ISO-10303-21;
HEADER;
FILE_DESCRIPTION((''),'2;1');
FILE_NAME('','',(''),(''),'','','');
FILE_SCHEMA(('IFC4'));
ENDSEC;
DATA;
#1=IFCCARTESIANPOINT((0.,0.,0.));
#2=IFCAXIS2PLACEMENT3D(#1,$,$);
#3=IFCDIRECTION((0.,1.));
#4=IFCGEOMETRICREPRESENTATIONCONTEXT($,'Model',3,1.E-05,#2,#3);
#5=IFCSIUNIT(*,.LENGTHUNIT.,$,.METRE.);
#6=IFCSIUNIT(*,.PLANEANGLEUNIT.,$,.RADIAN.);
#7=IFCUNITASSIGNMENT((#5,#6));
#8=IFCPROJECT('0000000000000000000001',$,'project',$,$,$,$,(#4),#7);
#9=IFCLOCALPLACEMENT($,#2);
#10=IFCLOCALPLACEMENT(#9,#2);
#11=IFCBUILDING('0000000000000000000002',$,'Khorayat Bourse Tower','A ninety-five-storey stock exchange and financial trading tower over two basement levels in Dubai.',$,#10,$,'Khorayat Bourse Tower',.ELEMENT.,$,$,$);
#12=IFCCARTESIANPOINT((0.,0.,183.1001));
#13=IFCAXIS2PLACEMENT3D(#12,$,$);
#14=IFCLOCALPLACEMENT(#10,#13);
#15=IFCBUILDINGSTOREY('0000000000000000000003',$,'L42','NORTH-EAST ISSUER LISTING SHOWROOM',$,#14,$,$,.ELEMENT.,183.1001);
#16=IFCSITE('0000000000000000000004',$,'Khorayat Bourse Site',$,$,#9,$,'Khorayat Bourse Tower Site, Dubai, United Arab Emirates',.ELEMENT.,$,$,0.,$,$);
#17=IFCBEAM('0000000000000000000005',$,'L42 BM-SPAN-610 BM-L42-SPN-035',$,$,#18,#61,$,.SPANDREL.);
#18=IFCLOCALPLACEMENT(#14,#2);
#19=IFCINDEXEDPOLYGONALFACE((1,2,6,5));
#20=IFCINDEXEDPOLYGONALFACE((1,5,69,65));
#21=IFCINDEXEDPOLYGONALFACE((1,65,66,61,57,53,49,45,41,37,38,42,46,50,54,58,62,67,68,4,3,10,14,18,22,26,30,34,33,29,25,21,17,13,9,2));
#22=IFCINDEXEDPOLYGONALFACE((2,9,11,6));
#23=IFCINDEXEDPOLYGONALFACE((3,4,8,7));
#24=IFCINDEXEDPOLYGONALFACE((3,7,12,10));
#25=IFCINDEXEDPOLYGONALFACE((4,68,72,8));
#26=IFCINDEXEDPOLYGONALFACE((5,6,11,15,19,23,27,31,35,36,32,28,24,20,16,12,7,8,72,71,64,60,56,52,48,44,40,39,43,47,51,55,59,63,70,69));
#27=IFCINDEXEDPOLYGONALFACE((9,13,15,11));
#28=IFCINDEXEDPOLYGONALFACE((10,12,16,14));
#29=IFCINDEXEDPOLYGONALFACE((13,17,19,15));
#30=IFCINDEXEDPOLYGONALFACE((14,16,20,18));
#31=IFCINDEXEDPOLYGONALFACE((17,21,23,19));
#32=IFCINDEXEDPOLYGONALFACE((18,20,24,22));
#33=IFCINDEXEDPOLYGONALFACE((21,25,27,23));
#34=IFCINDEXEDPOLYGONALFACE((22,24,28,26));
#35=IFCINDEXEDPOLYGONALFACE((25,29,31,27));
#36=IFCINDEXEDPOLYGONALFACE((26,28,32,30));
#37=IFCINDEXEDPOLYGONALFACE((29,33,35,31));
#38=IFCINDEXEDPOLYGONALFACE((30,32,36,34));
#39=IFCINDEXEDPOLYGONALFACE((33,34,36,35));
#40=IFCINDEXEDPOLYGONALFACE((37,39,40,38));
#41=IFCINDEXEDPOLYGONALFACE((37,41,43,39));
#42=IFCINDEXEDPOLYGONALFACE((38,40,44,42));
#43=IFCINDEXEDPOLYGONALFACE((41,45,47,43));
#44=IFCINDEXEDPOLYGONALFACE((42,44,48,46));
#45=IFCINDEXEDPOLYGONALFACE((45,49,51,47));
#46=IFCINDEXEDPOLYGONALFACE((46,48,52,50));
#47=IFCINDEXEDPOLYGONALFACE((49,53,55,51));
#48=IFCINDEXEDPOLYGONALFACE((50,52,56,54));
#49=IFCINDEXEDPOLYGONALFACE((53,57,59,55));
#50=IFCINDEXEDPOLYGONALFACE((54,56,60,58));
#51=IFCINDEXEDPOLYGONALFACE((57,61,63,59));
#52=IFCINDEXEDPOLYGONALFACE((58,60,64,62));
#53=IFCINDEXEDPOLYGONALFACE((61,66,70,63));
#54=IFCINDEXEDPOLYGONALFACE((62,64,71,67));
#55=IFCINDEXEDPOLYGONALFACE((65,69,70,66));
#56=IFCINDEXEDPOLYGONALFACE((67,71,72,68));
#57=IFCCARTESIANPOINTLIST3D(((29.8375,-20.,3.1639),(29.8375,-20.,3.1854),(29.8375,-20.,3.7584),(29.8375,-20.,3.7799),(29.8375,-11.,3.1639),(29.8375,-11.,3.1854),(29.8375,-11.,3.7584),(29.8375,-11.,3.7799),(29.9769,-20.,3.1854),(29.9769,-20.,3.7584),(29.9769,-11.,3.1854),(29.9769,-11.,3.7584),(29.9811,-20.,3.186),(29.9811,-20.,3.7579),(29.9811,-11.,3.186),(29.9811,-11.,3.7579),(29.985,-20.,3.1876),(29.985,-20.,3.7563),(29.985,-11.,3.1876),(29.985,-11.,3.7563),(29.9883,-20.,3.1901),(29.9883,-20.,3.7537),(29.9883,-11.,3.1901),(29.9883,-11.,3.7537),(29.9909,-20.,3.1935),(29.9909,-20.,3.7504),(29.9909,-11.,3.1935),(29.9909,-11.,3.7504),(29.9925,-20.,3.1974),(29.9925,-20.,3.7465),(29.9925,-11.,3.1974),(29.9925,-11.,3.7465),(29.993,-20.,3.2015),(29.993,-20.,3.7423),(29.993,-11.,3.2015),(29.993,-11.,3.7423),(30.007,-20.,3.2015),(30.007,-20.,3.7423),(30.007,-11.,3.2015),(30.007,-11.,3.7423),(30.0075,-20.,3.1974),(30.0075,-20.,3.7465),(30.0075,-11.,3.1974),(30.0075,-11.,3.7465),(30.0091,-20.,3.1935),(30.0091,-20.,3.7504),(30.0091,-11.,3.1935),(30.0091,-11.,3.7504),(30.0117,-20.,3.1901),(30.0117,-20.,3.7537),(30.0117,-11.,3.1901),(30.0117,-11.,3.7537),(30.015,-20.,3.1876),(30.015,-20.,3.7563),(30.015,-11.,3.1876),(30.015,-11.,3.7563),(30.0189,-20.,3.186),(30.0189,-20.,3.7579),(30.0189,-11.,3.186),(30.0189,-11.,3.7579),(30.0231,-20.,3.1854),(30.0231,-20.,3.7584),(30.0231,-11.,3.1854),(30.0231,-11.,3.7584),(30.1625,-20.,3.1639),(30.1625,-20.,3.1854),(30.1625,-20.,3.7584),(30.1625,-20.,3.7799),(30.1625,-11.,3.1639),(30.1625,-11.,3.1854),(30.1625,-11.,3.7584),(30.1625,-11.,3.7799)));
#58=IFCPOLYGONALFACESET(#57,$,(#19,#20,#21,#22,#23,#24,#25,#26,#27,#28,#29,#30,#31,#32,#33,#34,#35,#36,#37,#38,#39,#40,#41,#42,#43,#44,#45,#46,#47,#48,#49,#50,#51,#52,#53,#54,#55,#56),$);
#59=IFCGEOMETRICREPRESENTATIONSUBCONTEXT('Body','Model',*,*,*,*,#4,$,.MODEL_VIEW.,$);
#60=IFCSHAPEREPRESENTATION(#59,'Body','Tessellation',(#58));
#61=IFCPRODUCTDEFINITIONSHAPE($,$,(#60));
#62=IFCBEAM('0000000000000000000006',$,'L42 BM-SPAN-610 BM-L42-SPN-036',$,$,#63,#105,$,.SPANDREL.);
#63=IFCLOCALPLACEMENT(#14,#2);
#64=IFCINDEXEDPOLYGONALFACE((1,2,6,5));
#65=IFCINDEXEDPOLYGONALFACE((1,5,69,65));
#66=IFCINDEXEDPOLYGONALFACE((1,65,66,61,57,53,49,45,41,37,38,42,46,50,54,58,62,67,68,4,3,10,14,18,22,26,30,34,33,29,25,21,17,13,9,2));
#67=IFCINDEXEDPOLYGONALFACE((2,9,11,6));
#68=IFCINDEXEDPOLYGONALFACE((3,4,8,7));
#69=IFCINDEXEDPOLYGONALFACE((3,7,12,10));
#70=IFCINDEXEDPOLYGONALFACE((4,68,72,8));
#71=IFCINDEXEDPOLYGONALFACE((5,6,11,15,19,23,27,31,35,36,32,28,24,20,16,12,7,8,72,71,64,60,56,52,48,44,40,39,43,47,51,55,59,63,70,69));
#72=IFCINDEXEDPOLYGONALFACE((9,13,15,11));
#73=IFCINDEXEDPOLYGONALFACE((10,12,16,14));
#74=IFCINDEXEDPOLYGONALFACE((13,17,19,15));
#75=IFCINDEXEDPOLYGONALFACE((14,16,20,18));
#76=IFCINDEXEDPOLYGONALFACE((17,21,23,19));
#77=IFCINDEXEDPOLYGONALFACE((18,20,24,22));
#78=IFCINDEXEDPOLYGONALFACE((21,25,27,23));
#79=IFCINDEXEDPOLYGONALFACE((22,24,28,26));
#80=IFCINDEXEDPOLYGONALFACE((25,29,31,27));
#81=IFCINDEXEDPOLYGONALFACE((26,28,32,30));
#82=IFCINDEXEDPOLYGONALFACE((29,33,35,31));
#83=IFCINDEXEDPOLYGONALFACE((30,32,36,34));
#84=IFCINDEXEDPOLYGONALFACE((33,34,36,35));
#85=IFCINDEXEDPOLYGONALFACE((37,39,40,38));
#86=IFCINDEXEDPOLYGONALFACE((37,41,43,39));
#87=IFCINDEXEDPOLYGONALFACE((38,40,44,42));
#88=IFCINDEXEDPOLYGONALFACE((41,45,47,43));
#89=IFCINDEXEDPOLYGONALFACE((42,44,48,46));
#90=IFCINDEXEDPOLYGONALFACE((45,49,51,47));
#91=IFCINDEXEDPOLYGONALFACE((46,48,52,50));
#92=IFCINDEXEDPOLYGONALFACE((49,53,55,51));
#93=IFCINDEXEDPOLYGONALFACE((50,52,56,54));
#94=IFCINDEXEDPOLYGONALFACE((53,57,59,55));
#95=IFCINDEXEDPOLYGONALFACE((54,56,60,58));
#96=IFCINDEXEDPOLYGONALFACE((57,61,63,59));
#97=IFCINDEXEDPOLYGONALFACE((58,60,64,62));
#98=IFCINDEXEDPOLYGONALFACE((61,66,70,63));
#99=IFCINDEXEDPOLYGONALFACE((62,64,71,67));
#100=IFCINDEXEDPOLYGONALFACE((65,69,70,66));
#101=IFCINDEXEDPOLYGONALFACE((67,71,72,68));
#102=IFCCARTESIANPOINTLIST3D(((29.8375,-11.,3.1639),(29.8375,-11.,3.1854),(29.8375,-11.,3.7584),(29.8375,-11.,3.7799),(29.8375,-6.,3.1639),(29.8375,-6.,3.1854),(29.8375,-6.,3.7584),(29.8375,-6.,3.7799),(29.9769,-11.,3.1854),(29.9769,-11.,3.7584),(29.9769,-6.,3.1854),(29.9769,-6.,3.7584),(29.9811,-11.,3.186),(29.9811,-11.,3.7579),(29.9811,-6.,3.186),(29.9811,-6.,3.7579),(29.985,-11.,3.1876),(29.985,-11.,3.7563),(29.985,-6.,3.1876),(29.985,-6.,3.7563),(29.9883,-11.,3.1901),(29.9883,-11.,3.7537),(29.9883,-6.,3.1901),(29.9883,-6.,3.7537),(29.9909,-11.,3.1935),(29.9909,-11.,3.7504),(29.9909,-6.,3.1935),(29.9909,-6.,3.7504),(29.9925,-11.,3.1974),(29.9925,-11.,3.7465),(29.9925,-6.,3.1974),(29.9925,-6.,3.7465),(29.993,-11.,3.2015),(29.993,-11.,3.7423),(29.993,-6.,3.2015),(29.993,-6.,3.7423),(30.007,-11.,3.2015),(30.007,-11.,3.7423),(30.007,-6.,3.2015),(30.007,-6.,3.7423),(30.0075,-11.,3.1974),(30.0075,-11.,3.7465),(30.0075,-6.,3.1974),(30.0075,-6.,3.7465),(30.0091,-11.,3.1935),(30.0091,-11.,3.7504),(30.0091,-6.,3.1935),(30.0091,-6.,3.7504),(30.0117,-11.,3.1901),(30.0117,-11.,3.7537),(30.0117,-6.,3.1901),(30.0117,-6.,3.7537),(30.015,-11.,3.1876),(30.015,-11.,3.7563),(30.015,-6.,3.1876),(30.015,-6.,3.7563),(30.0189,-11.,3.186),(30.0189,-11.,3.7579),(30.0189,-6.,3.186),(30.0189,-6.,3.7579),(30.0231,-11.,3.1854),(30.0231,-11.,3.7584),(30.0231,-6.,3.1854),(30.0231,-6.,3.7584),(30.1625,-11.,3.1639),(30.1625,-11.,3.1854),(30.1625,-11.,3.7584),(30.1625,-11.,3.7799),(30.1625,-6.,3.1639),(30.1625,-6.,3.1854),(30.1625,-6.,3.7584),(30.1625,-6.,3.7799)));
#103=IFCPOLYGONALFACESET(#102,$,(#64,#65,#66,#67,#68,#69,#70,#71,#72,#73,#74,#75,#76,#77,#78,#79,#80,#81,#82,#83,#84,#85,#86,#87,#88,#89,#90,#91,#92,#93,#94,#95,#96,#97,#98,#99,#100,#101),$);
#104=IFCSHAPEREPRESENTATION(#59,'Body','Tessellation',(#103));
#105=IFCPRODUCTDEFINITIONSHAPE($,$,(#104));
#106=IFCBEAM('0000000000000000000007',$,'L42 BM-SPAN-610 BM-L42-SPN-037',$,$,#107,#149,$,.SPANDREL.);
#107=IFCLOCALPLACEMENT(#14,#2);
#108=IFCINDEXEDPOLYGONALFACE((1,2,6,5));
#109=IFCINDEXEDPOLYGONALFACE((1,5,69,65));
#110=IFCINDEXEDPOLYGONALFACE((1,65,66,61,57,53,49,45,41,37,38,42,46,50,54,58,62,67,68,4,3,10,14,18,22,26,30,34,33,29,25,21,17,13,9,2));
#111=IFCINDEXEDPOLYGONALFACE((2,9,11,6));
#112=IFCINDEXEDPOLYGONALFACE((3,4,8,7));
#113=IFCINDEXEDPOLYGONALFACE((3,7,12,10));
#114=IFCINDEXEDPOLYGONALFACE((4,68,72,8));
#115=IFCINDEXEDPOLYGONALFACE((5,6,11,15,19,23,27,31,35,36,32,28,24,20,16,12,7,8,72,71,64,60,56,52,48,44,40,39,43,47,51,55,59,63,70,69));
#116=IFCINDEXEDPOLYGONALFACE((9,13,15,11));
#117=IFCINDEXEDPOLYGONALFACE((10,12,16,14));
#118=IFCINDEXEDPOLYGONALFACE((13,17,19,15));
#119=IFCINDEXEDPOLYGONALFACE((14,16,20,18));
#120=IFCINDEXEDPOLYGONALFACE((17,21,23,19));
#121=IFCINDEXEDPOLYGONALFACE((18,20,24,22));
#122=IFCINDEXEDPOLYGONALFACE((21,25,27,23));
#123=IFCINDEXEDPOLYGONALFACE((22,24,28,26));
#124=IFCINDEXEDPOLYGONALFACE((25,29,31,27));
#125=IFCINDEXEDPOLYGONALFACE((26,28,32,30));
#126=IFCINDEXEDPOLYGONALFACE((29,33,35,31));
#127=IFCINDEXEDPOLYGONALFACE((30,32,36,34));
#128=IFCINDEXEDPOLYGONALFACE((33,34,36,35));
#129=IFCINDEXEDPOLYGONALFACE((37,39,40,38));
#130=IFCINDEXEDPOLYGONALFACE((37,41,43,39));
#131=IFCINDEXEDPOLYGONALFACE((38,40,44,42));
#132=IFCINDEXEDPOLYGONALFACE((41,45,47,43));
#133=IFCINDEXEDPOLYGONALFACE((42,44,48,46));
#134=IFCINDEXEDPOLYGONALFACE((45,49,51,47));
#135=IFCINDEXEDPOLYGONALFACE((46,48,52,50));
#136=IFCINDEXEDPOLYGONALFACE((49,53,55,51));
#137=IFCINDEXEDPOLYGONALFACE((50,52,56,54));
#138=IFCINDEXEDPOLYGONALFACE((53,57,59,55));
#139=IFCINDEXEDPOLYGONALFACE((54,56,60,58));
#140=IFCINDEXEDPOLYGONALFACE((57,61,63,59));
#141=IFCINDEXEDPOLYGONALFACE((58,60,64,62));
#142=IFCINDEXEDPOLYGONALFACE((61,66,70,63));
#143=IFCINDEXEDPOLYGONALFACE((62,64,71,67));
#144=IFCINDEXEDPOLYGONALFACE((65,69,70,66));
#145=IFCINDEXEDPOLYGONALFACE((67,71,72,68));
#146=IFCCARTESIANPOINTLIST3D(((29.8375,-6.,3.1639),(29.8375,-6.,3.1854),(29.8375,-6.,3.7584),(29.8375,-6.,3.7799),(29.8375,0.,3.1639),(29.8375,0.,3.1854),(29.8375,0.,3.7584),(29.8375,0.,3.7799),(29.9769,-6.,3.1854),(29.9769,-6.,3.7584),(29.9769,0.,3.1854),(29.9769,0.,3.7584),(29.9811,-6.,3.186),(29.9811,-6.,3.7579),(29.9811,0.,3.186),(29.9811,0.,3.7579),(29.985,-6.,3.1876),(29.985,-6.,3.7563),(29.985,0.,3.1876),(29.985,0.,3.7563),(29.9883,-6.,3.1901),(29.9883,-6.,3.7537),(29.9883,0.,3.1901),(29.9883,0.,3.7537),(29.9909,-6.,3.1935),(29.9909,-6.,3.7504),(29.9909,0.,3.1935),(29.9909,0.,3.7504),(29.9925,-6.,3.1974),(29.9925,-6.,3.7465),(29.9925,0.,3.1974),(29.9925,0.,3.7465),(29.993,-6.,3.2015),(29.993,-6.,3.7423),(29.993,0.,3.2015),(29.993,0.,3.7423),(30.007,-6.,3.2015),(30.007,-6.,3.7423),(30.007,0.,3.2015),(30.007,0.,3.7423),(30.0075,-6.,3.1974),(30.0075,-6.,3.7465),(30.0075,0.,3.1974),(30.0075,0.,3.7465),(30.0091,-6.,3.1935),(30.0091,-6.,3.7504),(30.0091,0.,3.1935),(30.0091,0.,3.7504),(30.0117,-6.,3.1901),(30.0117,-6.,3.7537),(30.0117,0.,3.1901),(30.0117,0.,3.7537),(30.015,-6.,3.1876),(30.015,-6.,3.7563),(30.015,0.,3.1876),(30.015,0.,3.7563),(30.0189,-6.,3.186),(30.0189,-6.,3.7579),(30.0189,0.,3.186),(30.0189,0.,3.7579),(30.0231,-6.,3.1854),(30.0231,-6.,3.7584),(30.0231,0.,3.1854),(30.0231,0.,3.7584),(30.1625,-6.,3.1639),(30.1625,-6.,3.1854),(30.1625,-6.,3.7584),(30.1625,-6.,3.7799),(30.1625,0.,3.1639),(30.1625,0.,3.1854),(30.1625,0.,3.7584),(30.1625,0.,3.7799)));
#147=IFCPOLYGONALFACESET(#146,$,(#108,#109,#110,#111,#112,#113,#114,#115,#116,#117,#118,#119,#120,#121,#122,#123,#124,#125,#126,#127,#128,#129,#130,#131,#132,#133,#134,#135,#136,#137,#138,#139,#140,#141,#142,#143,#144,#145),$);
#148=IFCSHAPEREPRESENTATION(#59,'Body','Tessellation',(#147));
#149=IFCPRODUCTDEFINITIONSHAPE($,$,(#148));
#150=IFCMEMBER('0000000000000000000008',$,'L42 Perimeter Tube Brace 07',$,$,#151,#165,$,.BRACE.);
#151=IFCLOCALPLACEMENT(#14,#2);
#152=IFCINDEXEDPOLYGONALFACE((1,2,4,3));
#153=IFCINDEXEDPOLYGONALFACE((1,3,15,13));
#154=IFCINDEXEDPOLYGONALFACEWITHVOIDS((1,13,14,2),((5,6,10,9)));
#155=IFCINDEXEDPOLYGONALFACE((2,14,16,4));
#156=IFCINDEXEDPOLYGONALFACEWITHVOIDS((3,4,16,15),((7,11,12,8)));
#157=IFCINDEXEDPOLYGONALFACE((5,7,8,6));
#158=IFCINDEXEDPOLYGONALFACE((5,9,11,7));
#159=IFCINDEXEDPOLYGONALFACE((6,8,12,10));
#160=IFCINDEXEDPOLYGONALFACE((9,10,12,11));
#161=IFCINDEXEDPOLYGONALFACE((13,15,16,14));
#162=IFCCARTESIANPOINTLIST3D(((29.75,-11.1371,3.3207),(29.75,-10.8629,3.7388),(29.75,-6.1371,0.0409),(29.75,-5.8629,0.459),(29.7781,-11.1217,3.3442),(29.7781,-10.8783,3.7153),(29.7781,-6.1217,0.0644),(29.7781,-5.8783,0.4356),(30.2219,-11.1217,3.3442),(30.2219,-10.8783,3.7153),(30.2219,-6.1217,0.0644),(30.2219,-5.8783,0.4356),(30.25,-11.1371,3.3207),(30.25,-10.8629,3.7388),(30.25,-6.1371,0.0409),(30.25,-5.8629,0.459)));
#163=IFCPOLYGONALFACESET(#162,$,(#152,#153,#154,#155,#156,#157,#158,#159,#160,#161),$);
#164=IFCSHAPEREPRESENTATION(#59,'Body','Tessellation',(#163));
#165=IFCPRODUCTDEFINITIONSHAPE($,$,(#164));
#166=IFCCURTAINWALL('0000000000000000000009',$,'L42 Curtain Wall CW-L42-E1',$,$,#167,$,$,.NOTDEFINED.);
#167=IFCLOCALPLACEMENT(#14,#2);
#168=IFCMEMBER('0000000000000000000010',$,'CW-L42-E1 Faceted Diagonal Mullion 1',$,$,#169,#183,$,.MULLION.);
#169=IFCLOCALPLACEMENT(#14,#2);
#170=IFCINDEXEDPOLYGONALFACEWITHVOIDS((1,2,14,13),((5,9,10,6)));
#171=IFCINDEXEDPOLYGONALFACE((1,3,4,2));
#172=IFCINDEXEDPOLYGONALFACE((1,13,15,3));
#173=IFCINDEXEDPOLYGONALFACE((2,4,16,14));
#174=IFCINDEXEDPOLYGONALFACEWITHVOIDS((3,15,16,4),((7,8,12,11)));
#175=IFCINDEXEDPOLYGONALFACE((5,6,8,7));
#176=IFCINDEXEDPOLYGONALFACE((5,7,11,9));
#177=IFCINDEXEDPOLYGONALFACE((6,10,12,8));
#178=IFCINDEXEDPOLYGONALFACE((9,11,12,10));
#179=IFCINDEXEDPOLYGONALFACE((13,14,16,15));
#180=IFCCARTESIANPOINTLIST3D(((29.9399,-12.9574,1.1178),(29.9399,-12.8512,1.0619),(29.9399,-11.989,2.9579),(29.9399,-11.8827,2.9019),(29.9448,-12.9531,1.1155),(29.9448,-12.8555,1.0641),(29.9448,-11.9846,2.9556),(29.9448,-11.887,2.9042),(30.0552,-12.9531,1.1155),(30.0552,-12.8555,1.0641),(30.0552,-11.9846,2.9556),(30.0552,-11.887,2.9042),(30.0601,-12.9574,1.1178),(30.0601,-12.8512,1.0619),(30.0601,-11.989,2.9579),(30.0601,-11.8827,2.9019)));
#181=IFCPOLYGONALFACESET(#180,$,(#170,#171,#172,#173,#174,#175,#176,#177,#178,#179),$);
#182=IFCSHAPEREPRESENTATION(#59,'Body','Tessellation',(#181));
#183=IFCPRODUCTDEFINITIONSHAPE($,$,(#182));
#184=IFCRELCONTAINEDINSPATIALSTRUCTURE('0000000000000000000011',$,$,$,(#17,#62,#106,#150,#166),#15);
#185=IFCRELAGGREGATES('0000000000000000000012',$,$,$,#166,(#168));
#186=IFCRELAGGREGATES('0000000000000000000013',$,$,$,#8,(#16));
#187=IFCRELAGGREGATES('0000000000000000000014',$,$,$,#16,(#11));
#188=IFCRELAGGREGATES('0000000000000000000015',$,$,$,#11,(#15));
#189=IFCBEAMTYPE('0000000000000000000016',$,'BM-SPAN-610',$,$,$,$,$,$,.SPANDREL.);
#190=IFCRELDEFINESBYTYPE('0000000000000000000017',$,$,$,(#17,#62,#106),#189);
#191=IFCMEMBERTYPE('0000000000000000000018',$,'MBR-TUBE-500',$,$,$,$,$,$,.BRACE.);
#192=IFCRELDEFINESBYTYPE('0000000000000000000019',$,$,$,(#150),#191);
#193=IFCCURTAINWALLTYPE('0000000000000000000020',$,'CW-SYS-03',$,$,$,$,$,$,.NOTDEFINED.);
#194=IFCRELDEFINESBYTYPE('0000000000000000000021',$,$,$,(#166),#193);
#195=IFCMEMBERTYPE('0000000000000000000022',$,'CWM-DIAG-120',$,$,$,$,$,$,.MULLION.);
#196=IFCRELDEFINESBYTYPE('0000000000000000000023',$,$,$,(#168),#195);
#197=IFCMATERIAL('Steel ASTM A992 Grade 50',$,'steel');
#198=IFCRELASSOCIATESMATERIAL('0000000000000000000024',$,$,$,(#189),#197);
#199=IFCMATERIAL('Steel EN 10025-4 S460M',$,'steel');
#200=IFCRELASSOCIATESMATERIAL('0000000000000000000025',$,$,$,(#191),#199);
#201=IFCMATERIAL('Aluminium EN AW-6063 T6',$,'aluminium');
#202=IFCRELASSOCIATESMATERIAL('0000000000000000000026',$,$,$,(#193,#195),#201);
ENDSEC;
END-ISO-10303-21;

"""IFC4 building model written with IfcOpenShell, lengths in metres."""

from ifc_helpers import new_model, si_unit, direction, frame, origin, origin_2d, place, context, subcontext, project, spatial, hollow_rectangle, i_section, extrude, source, transform, mapped, material, material_profile, profile_set, type_object, element, aggregate, save


model = new_model("IFC4")

# Units and contexts
model_context = context("Model", 3, precision=1e-05, world=origin(), true_north=direction((0.0, 1.0)))
body_context = subcontext(model_context, "Body", "Model", "MODEL_VIEW")
ifc_project = project(units=[si_unit("LENGTHUNIT", "METRE"), si_unit("PLANEANGLEUNIT", "RADIAN")], contexts=[model_context])

# Site, building, storey
site_placement = place(None, origin())
site = spatial("IfcSite", under=ifc_project, at=site_placement, Name="Khorayat Bourse Site", LongName="Khorayat Bourse Tower Site, Dubai, United Arab Emirates", CompositionType="ELEMENT", RefElevation=0.0)
building_placement = place(site_placement, origin())
building = spatial("IfcBuilding", under=site, at=building_placement, Name="Khorayat Bourse Tower", Description="A ninety-five-storey stock exchange and financial trading tower over two basement levels in Dubai.", LongName="Khorayat Bourse Tower", CompositionType="ELEMENT")
storey_placement = place(building_placement, frame((0.0, 0.0, 183.1001)))
storey = spatial("IfcBuildingStorey", under=building, at=storey_placement, Name="L42", Description="NORTH-EAST ISSUER LISTING SHOWROOM", CompositionType="ELEMENT", Elevation=183.1001)

# Shared definitions
ifc_material_1 = material(Name="Steel EN 10025-4 S460M", Category="steel")

# Beams
ifc_material_2 = material(Name="Steel ASTM A992 Grade 50", Category="steel")
ifc_material_profile_1 = material_profile(ifc_material_2, i_section(OverallWidth=0.325, OverallDepth=0.616, WebThickness=0.0139, FlangeThickness=0.0215, FilletRadius=0.0161, at=origin_2d()), Name="W610X174")
ifc_profile_set_1 = profile_set([ifc_material_profile_1], Name="Steel ASTM A992 Grade 50")
beam_type_1 = type_object("IfcBeamType", Name="BM-SPAN-610", PredefinedType="SPANDREL", material=ifc_profile_set_1)
shared_shape_1 = source(origin(), body_context, "Body", "SweptSolid", [
    extrude(i_section(OverallWidth=0.325, OverallDepth=0.616, WebThickness=0.0139, FlangeThickness=0.0215, FilletRadius=0.0161, at=origin_2d()), origin(), (0.0, 0.0, 1.0), 9.0),
])
beam_1_placement = place(storey_placement, frame((30.0, -20.0, 3.4719), z_axis=(0.0, 1.0, 0.0), x_axis=(-1.0, 0.0, 0.0)))
element("IfcBeam", 1, at=beam_1_placement, inside=storey, type_object=beam_type_1, Name="L42 BM-SPAN-610 BM-L42-SPN-035", PredefinedType="SPANDREL", context=body_context, shape_type="MappedRepresentation", body=[
    mapped(shared_shape_1, transform((0.0, 0.0, 0.0), scale=1.0)),
])
shared_shape_2 = source(origin(), body_context, "Body", "SweptSolid", [
    extrude(i_section(OverallWidth=0.325, OverallDepth=0.616, WebThickness=0.0139, FlangeThickness=0.0215, FilletRadius=0.0161, at=origin_2d()), origin(), (0.0, 0.0, 1.0), 5.0),
])
beam_2_placement = place(storey_placement, frame((30.0, -11.0, 3.4719), z_axis=(0.0, 1.0, 0.0), x_axis=(-1.0, 0.0, 0.0)))
element("IfcBeam", 2, at=beam_2_placement, inside=storey, type_object=beam_type_1, Name="L42 BM-SPAN-610 BM-L42-SPN-036", PredefinedType="SPANDREL", context=body_context, shape_type="MappedRepresentation", body=[
    mapped(shared_shape_2, transform((0.0, 0.0, 0.0), scale=1.0)),
])
shared_shape_3 = source(origin(), body_context, "Body", "SweptSolid", [
    extrude(i_section(OverallWidth=0.325, OverallDepth=0.616, WebThickness=0.0139, FlangeThickness=0.0215, FilletRadius=0.0161, at=origin_2d()), origin(), (0.0, 0.0, 1.0), 6.0),
])
beam_3_placement = place(storey_placement, frame((30.0, -6.0, 3.4719), z_axis=(0.0, 1.0, 0.0), x_axis=(-1.0, 0.0, 0.0)))
element("IfcBeam", 3, at=beam_3_placement, inside=storey, type_object=beam_type_1, Name="L42 BM-SPAN-610 BM-L42-SPN-037", PredefinedType="SPANDREL", context=body_context, shape_type="MappedRepresentation", body=[
    mapped(shared_shape_3, transform((0.0, 0.0, 0.0), scale=1.0)),
])

# Member
ifc_material_profile_2 = material_profile(ifc_material_1, hollow_rectangle(XDim=0.5, YDim=0.5, WallThickness=0.0281, at=origin_2d()), Name="HSS 500x500x28")
ifc_profile_set_2 = profile_set([ifc_material_profile_2], Name="Steel EN 10025-4 S460M")
member_type_1 = type_object("IfcMemberType", Name="MBR-TUBE-500", PredefinedType="BRACE", material=ifc_profile_set_2)
shared_shape_4 = source(origin(), body_context, "Body", "SweptSolid", [
    extrude(hollow_rectangle(XDim=0.5, YDim=0.5, WallThickness=0.0281, at=origin_2d()), origin(), (0.0, 0.0, 1.0), 5.9797),
])
member_1_placement = place(storey_placement, frame((30.0, -11.0, 3.5298), z_axis=(0.0, 0.83616, -0.548485), x_axis=(-1.0, 0.0, 0.0)))
element("IfcMember", 4, at=member_1_placement, inside=storey, type_object=member_type_1, Name="L42 Perimeter Tube Brace 07", PredefinedType="BRACE", context=body_context, shape_type="MappedRepresentation", body=[
    mapped(shared_shape_4, transform((0.0, 0.0, 0.0), scale=1.0)),
])

# Curtain wall, member
ifc_material_3 = material(Name="Aluminium EN AW-6063 T6", Category="aluminium")
curtain_wall_type = type_object("IfcCurtainWallType", Name="CW-SYS-03", PredefinedType="NOTDEFINED", material=ifc_material_3)
curtain_wall_placement = place(storey_placement, origin())
curtain_wall = element("IfcCurtainWall", 5, at=curtain_wall_placement, inside=storey, type_object=curtain_wall_type, Name="L42 Curtain Wall CW-L42-E1", PredefinedType="NOTDEFINED")
ifc_material_profile_3 = material_profile(ifc_material_3, hollow_rectangle(XDim=0.1201, YDim=0.1201, WallThickness=0.0049, at=origin_2d()), Name="ALU 120x120x5")
ifc_profile_set_3 = profile_set([ifc_material_profile_3], Name="Aluminium EN AW-6063 T6")
member_type_2 = type_object("IfcMemberType", Name="CWM-DIAG-120", PredefinedType="MULLION", material=ifc_profile_set_3)
shared_shape_5 = source(origin(), body_context, "Body", "SweptSolid", [
    extrude(hollow_rectangle(XDim=0.1201, YDim=0.1201, WallThickness=0.0049, at=origin_2d()), origin(), (0.0, 0.0, 1.0), 2.0793),
])
member_2_placement = place(storey_placement, frame((30.0, -12.9043, 1.0898), z_axis=(0.0, 0.465761, 0.884911), x_axis=(-1.0, 0.0, 0.0)))
member_2 = element("IfcMember", 6, at=member_2_placement, type_object=member_type_2, Name="CW-L42-E1 Faceted Diagonal Mullion 1", PredefinedType="MULLION", context=body_context, shape_type="MappedRepresentation", body=[
    mapped(shared_shape_5, transform((0.0, 0.0, 0.0), scale=1.0)),
])

aggregate(curtain_wall, [member_2])

save(model, "model.ifc")
